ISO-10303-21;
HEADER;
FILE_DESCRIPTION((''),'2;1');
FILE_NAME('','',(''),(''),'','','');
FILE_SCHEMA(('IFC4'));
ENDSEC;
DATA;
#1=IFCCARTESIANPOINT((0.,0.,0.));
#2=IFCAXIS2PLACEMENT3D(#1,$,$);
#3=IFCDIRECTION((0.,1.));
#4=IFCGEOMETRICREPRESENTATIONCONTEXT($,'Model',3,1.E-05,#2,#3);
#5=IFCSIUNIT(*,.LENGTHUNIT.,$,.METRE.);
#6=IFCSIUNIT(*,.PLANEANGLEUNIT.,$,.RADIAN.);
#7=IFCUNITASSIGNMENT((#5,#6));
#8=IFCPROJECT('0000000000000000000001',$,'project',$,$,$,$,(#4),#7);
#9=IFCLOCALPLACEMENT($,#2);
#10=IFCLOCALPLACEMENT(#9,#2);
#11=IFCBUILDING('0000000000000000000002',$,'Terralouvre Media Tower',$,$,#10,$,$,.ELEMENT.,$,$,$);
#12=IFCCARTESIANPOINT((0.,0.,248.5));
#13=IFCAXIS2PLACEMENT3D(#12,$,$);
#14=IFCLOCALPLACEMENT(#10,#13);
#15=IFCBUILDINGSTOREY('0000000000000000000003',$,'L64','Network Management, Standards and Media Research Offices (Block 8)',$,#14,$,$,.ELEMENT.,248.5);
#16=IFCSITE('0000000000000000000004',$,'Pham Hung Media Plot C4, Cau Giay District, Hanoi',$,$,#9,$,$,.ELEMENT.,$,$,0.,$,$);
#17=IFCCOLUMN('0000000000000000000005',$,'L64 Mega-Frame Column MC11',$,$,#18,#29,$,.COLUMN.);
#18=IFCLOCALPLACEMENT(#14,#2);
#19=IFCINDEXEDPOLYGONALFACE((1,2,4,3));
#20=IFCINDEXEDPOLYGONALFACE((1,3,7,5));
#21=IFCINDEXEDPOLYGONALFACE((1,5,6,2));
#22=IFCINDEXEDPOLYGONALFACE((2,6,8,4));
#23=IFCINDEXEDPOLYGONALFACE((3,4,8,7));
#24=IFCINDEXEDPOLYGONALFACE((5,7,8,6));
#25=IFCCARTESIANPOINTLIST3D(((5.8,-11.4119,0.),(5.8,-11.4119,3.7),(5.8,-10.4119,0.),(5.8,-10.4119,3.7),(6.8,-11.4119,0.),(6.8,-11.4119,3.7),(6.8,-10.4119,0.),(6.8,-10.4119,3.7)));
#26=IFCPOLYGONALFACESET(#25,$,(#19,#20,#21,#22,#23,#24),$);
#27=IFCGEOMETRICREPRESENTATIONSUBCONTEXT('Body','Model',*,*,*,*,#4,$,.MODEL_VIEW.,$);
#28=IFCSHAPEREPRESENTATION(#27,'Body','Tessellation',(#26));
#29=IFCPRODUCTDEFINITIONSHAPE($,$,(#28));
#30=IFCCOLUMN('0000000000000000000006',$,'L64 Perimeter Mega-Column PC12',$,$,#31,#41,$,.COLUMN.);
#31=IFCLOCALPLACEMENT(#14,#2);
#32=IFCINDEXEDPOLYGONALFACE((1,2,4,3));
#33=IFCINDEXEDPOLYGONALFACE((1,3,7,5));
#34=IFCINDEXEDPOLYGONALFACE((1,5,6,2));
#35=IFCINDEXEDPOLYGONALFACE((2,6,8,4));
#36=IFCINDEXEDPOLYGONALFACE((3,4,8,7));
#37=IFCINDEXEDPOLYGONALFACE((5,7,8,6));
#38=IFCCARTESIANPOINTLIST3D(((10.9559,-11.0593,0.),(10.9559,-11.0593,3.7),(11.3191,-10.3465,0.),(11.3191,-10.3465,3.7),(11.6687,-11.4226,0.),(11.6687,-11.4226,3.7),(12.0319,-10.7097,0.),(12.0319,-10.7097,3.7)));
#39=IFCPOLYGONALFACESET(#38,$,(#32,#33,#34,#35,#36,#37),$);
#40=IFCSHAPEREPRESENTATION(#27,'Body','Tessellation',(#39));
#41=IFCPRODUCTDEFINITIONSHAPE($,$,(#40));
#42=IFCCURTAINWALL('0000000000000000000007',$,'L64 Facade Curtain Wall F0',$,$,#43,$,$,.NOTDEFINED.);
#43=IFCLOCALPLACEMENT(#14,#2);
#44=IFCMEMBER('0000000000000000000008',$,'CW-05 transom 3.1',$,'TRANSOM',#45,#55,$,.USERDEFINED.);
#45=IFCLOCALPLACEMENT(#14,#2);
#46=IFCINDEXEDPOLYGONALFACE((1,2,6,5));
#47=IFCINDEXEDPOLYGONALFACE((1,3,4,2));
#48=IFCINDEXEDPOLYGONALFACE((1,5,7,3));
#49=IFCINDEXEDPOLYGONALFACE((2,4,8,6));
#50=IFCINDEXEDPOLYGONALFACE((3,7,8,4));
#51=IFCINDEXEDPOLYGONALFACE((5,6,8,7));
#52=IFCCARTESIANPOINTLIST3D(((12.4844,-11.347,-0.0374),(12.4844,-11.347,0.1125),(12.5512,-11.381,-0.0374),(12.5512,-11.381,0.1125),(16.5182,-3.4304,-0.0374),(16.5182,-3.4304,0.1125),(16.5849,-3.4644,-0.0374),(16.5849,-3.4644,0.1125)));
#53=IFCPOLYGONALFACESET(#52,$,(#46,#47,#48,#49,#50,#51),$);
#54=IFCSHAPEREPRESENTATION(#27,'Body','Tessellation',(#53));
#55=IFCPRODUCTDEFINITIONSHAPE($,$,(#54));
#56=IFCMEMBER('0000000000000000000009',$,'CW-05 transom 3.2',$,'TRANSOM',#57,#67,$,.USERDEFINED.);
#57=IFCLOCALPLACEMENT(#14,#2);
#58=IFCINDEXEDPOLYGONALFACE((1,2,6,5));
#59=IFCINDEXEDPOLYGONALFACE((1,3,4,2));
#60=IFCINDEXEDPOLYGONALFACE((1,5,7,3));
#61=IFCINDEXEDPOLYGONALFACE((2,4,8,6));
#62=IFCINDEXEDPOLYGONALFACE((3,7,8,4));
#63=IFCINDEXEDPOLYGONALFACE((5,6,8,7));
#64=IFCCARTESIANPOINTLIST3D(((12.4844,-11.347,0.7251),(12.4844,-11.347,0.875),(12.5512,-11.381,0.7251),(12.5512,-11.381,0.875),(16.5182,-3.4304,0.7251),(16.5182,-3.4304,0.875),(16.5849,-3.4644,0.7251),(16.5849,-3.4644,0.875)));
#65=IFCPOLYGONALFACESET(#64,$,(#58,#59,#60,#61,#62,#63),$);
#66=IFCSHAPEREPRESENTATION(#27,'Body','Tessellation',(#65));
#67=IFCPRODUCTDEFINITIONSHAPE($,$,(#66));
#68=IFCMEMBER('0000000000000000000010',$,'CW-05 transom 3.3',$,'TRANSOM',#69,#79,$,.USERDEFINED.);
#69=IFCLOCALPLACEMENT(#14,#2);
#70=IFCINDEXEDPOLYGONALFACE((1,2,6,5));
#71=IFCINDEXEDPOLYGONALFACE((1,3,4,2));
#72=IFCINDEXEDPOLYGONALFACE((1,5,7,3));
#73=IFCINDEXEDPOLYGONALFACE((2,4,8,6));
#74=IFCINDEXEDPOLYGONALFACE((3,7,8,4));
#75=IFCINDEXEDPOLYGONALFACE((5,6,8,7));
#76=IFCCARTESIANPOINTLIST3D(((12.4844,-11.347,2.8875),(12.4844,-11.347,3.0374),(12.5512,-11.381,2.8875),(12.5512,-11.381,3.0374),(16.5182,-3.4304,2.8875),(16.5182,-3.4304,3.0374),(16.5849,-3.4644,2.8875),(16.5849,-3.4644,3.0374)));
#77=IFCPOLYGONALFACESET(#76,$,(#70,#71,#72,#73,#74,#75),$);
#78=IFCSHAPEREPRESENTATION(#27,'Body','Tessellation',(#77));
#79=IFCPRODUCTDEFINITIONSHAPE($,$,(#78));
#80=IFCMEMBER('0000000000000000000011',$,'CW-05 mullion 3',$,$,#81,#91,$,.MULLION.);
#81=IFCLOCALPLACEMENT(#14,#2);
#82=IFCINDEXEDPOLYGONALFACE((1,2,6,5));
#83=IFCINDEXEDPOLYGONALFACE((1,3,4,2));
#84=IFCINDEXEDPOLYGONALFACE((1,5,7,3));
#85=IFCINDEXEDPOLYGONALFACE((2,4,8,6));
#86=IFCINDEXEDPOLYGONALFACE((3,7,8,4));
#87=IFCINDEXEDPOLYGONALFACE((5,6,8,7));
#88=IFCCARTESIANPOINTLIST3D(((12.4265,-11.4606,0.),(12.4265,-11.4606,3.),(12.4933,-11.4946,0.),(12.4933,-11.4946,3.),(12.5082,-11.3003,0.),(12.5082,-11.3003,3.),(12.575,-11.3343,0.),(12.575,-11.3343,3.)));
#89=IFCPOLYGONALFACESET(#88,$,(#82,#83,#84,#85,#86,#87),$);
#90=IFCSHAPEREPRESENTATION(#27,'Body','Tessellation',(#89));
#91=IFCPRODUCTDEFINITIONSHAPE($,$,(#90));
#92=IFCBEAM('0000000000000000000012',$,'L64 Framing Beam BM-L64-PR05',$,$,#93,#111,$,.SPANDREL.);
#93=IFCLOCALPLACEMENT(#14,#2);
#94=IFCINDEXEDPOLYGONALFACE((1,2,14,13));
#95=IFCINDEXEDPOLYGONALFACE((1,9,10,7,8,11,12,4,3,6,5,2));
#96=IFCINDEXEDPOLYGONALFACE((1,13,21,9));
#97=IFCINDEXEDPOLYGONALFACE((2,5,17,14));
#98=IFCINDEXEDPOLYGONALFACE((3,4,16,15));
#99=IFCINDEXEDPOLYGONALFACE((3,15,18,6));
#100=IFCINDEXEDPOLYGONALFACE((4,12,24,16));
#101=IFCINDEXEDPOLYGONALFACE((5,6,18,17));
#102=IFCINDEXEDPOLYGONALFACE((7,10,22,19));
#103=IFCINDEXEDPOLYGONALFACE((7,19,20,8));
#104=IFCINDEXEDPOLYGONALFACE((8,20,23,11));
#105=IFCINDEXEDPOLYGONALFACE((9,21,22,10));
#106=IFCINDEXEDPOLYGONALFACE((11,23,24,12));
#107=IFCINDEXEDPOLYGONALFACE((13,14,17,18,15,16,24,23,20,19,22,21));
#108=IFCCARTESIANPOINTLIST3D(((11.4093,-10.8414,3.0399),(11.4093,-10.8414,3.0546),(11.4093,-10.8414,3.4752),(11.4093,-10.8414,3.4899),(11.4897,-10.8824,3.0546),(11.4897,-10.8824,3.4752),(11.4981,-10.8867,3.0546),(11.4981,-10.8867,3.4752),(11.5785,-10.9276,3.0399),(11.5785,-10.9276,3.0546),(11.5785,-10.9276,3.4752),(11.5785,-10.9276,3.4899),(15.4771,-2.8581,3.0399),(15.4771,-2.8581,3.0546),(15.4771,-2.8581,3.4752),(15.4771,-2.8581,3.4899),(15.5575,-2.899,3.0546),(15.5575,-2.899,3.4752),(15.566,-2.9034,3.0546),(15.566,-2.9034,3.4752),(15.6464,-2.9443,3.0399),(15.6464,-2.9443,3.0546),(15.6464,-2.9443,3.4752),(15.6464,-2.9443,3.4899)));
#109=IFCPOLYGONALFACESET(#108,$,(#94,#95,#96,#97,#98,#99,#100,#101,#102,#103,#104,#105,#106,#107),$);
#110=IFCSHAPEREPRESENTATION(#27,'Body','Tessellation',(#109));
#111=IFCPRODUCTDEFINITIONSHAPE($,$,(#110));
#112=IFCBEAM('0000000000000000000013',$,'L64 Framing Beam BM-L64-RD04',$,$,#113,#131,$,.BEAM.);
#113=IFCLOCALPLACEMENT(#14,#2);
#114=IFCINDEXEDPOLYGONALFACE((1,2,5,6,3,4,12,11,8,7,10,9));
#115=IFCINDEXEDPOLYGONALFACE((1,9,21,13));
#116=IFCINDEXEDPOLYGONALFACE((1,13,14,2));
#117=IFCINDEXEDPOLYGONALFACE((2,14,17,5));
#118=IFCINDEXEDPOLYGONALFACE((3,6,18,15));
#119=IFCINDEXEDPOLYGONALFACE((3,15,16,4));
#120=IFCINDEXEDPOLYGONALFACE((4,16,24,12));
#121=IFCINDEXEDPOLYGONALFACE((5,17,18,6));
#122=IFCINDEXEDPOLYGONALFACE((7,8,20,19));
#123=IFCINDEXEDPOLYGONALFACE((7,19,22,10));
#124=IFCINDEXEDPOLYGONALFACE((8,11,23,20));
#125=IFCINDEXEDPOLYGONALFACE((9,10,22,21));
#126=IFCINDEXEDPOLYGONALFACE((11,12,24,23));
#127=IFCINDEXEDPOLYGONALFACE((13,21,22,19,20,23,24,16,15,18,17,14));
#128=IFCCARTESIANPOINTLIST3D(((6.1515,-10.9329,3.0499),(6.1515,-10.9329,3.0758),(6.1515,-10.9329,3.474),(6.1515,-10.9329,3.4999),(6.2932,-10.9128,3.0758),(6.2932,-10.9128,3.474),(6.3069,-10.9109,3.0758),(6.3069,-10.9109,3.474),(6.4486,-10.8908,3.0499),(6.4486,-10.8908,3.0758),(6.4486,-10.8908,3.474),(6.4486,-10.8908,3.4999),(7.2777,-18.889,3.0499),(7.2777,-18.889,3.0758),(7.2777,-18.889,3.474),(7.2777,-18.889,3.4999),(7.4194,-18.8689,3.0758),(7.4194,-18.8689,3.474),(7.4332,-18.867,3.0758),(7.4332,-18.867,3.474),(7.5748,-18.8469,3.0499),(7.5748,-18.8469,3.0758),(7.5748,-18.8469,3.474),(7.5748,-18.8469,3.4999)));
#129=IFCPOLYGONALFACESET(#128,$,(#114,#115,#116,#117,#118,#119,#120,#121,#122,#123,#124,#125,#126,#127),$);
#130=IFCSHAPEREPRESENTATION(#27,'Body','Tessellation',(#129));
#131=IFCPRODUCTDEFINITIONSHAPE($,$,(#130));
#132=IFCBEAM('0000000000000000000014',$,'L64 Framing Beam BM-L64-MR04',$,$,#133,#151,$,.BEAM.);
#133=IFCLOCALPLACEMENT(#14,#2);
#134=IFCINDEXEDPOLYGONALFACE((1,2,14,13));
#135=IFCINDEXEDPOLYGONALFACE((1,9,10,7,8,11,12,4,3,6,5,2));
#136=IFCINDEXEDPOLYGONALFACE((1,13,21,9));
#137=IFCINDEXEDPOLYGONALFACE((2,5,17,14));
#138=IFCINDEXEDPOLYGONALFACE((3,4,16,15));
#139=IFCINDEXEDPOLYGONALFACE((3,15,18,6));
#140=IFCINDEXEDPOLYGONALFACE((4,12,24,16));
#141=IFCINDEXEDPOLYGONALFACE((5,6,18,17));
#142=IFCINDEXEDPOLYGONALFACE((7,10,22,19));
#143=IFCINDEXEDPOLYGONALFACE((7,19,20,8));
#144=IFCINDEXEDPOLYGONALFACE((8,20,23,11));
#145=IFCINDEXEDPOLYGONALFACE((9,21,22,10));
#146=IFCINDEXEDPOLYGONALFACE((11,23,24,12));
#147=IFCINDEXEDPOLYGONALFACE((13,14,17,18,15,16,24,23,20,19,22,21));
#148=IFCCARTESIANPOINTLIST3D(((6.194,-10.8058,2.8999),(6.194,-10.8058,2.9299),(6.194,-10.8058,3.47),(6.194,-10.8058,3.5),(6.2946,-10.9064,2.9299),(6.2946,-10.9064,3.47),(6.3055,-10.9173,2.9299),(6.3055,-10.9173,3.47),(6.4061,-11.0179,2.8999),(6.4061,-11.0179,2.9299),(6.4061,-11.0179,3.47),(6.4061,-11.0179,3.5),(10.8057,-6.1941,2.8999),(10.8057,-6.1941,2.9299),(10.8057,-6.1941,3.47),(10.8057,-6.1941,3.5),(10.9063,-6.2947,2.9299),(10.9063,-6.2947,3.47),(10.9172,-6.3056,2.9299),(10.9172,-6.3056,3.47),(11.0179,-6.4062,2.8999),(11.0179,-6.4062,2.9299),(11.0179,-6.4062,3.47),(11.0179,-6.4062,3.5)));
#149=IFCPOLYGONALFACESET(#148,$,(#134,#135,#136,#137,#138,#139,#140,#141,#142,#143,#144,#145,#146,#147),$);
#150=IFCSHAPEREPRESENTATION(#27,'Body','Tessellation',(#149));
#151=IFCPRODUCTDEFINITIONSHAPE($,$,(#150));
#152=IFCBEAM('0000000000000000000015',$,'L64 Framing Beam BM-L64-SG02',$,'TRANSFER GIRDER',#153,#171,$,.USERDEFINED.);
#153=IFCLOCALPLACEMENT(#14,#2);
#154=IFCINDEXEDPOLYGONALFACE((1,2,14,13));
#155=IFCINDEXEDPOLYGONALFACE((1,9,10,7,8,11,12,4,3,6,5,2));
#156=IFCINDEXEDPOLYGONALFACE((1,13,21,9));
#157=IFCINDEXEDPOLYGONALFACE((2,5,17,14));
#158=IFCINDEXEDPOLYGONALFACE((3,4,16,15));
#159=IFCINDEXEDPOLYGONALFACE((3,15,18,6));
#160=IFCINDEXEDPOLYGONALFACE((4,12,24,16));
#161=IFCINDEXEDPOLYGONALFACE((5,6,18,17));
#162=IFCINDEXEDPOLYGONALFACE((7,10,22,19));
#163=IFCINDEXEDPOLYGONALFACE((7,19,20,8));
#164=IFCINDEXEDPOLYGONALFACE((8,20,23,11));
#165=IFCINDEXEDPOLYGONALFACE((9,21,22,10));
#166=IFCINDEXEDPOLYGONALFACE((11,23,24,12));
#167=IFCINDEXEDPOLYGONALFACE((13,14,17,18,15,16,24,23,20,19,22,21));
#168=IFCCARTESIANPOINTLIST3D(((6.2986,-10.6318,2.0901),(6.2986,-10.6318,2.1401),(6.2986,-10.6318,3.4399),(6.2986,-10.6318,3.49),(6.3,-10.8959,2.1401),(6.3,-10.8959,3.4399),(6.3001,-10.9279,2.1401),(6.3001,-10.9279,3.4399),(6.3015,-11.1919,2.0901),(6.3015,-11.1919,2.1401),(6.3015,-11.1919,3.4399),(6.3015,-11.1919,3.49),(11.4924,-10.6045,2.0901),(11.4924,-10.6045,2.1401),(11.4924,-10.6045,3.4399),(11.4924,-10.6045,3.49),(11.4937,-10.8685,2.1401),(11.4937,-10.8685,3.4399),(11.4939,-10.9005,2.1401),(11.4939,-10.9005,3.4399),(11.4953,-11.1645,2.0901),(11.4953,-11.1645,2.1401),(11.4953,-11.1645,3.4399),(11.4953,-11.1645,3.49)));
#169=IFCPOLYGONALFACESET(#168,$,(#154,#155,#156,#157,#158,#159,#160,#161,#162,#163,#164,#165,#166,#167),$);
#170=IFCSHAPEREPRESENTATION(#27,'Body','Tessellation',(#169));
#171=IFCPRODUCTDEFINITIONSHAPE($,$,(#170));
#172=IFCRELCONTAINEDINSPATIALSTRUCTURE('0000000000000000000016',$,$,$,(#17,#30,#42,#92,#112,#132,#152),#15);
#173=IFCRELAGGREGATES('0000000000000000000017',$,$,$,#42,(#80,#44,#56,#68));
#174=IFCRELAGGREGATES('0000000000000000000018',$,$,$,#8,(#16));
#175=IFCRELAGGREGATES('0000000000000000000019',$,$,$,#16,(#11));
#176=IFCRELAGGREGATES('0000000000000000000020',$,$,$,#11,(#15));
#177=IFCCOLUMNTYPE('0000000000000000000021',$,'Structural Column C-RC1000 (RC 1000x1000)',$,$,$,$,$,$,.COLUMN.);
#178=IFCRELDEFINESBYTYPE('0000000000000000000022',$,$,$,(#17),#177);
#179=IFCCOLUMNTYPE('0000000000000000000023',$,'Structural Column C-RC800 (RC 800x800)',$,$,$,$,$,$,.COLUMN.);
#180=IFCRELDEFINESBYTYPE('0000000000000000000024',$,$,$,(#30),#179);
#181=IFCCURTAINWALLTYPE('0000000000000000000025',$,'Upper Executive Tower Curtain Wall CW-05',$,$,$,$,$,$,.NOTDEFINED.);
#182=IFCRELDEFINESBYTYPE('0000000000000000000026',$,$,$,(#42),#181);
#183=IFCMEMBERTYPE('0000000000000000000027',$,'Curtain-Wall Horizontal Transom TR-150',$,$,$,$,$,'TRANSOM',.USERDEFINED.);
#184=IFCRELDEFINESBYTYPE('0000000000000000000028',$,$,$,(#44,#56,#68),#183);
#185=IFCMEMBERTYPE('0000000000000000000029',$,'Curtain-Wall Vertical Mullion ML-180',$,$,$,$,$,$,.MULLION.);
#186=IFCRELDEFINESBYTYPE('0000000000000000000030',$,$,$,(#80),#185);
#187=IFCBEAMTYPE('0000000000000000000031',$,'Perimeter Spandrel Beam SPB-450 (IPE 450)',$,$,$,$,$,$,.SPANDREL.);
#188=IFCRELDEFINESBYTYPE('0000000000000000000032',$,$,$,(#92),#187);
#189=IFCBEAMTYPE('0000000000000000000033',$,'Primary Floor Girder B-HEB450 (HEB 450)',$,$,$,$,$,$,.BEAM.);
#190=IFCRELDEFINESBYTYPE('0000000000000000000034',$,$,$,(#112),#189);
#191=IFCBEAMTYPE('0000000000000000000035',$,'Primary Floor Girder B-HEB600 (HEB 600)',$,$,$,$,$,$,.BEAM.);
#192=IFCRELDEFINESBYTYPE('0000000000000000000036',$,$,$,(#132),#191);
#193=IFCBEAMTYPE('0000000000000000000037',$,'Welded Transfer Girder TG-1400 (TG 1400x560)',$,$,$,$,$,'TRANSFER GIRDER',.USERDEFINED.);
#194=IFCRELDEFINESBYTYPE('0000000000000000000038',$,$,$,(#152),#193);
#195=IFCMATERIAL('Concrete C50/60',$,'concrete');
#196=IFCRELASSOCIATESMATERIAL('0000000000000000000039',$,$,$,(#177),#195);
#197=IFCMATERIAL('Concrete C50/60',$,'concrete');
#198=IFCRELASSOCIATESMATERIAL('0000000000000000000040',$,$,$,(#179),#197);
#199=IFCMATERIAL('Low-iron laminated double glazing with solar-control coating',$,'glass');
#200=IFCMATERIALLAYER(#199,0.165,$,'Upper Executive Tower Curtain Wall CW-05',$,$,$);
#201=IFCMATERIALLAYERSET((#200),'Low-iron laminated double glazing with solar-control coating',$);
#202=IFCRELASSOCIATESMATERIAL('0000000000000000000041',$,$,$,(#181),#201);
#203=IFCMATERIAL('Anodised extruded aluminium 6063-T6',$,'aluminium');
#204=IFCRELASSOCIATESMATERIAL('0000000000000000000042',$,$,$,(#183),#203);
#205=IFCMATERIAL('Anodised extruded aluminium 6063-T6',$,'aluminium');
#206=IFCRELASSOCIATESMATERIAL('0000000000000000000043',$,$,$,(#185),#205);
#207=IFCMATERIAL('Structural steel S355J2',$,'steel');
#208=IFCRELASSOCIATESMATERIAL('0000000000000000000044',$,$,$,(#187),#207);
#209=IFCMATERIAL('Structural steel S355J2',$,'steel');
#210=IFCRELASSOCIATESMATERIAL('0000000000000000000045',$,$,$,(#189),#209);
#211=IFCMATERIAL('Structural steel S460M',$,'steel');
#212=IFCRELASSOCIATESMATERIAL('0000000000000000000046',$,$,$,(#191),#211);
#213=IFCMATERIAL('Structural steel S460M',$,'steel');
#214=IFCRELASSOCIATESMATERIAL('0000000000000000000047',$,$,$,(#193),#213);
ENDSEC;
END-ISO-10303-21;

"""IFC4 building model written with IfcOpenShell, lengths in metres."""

from ifc_helpers import new_model, si_unit, direction, frame, origin, origin_2d, place, context, subcontext, project, spatial, rectangle, i_section, extrude, material, layer, layer_set, material_profile, profile_set, type_object, element, aggregate, save


model = new_model("IFC4")

# Units and contexts
model_context = context("Model", 3, precision=1e-05, world=origin(), true_north=direction((0.0, 1.0)))
body_context = subcontext(model_context, "Body", "Model", "MODEL_VIEW")
ifc_project = project(units=[si_unit("LENGTHUNIT", "METRE"), si_unit("PLANEANGLEUNIT", "RADIAN")], contexts=[model_context])

# Site, building, storey
site_placement = place(None, origin())
site = spatial("IfcSite", under=ifc_project, at=site_placement, Name="Pham Hung Media Plot C4, Cau Giay District, Hanoi", CompositionType="ELEMENT", RefElevation=0.0)
building_placement = place(site_placement, origin())
building = spatial("IfcBuilding", under=site, at=building_placement, Name="Terralouvre Media Tower", CompositionType="ELEMENT")
storey_placement = place(building_placement, frame((0.0, 0.0, 248.5)))
storey = spatial("IfcBuildingStorey", under=building, at=storey_placement, Name="L64", Description="Network Management, Standards and Media Research Offices (Block 8)", CompositionType="ELEMENT", Elevation=248.5)

# Columns
ifc_material_1 = material(Name="Concrete C50/60", Category="concrete")
ifc_material_profile_1 = material_profile(ifc_material_1, rectangle(XDim=1.0, YDim=1.0, at=origin_2d()), Name="RC 1000x1000")
ifc_profile_set_1 = profile_set([ifc_material_profile_1], Name="Concrete C50/60")
column_type_1 = type_object("IfcColumnType", Name="Structural Column C-RC1000 (RC 1000x1000)", PredefinedType="COLUMN", material=ifc_profile_set_1)
column_1_placement = place(storey_placement, frame((6.3, -10.9119, 0.0), z_axis=(0.0, 0.0, 1.0), x_axis=(1.0, 0.0, 0.0)))
element("IfcColumn", 1, at=column_1_placement, inside=storey, type_object=column_type_1, Name="L64 Mega-Frame Column MC11", PredefinedType="COLUMN", context=body_context, shape_type="SweptSolid", body=[
    extrude(rectangle(XDim=1.0, YDim=1.0, at=origin_2d()), origin(), (0.0, 0.0, 1.0), 3.7),
])
ifc_material_2 = material(Name="Concrete C50/60", Category="concrete")
ifc_material_profile_2 = material_profile(ifc_material_2, rectangle(XDim=0.8, YDim=0.8, at=origin_2d()), Name="RC 800x800")
ifc_profile_set_2 = profile_set([ifc_material_profile_2], Name="Concrete C50/60")
column_type_2 = type_object("IfcColumnType", Name="Structural Column C-RC800 (RC 800x800)", PredefinedType="COLUMN", material=ifc_profile_set_2)
column_2_placement = place(storey_placement, frame((11.4939, -10.8845, 0.0), z_axis=(0.0, 0.0, 1.0), x_axis=(0.45399, 0.891007, 0.0)))
element("IfcColumn", 2, at=column_2_placement, inside=storey, type_object=column_type_2, Name="L64 Perimeter Mega-Column PC12", PredefinedType="COLUMN", context=body_context, shape_type="SweptSolid", body=[
    extrude(rectangle(XDim=0.8, YDim=0.8, at=origin_2d()), origin(), (0.0, 0.0, 1.0), 3.7),
])

# Curtain wall, members
ifc_material_3 = material(Name="Low-iron laminated double glazing with solar-control coating", Category="glass")
ifc_layer_1 = layer(ifc_material_3, 0.165, Name="Upper Executive Tower Curtain Wall CW-05")
ifc_layer_set_1 = layer_set([ifc_layer_1], Name="Low-iron laminated double glazing with solar-control coating")
curtain_wall_type = type_object("IfcCurtainWallType", Name="Upper Executive Tower Curtain Wall CW-05", PredefinedType="NOTDEFINED", material=ifc_layer_set_1)
curtain_wall_placement = place(storey_placement, origin())
curtain_wall = element("IfcCurtainWall", 3, at=curtain_wall_placement, inside=storey, type_object=curtain_wall_type, Name="L64 Facade Curtain Wall F0", PredefinedType="NOTDEFINED")
ifc_material_4 = material(Name="Anodised extruded aluminium 6063-T6", Category="aluminium")
ifc_material_profile_3 = material_profile(ifc_material_4, rectangle(XDim=0.075, YDim=0.1499, at=origin_2d()), Name="ALU 75x150")
ifc_profile_set_3 = profile_set([ifc_material_profile_3], Name="Anodised extruded aluminium 6063-T6")
member_type_1 = type_object("IfcMemberType", Name="Curtain-Wall Horizontal Transom TR-150", ElementType="TRANSOM", PredefinedType="USERDEFINED", material=ifc_profile_set_3)
member_1_placement = place(storey_placement, frame((12.5178, -11.364, 0.0376), z_axis=(0.453993, 0.891005, 0.0), x_axis=(-0.891005, 0.453993, 0.0)))
member_1 = element("IfcMember", 4, at=member_1_placement, type_object=member_type_1, Name="CW-05 transom 3.1", ObjectType="TRANSOM", PredefinedType="USERDEFINED", context=body_context, shape_type="SweptSolid", body=[
    extrude(rectangle(XDim=0.075, YDim=0.1499, at=origin_2d()), origin(), (0.0, 0.0, 1.0), 8.885),
])
member_2_placement = place(storey_placement, frame((12.5178, -11.364, 0.8), z_axis=(0.453993, 0.891005, 0.0), x_axis=(-0.891005, 0.453993, 0.0)))
member_2 = element("IfcMember", 5, at=member_2_placement, type_object=member_type_1, Name="CW-05 transom 3.2", ObjectType="TRANSOM", PredefinedType="USERDEFINED", context=body_context, shape_type="SweptSolid", body=[
    extrude(rectangle(XDim=0.075, YDim=0.1499, at=origin_2d()), origin(), (0.0, 0.0, 1.0), 8.885),
])
member_3_placement = place(storey_placement, frame((12.5178, -11.364, 2.9624), z_axis=(0.453993, 0.891005, 0.0), x_axis=(-0.891005, 0.453993, 0.0)))
member_3 = element("IfcMember", 6, at=member_3_placement, type_object=member_type_1, Name="CW-05 transom 3.3", ObjectType="TRANSOM", PredefinedType="USERDEFINED", context=body_context, shape_type="SweptSolid", body=[
    extrude(rectangle(XDim=0.075, YDim=0.1499, at=origin_2d()), origin(), (0.0, 0.0, 1.0), 8.885),
])
ifc_material_5 = material(Name="Anodised extruded aluminium 6063-T6", Category="aluminium")
ifc_material_profile_4 = material_profile(ifc_material_5, rectangle(XDim=0.075, YDim=0.1799, at=origin_2d()), Name="ALU 75x180")
ifc_profile_set_4 = profile_set([ifc_material_profile_4], Name="Anodised extruded aluminium 6063-T6")
member_type_2 = type_object("IfcMemberType", Name="Curtain-Wall Vertical Mullion ML-180", PredefinedType="MULLION", material=ifc_profile_set_4)
member_4_placement = place(storey_placement, frame((12.5007, -11.3975, 0.0), z_axis=(0.0, 0.0, 1.0), x_axis=(-0.891007, 0.45399, 0.0)))
member_4 = element("IfcMember", 7, at=member_4_placement, type_object=member_type_2, Name="CW-05 mullion 3", PredefinedType="MULLION", context=body_context, shape_type="SweptSolid", body=[
    extrude(rectangle(XDim=0.075, YDim=0.1799, at=origin_2d()), origin(), (0.0, 0.0, 1.0), 3.0),
])

# Beams
ifc_material_6 = material(Name="Structural steel S355J2", Category="steel")
ifc_material_profile_5 = material_profile(ifc_material_6, i_section(OverallWidth=0.1899, OverallDepth=0.45, WebThickness=0.0095, FlangeThickness=0.0146, at=origin_2d()), Name="IPE 450")
ifc_profile_set_5 = profile_set([ifc_material_profile_5], Name="Structural steel S355J2")
beam_type_1 = type_object("IfcBeamType", Name="Perimeter Spandrel Beam SPB-450 (IPE 450)", PredefinedType="SPANDREL", material=ifc_profile_set_5)
beam_1_placement = place(storey_placement, frame((11.4939, -10.8845, 3.2649), z_axis=(0.454002, 0.891001, 0.0), x_axis=(-0.891001, 0.454002, 0.0)))
element("IfcBeam", 8, at=beam_1_placement, inside=storey, type_object=beam_type_1, Name="L64 Framing Beam BM-L64-PR05", PredefinedType="SPANDREL", context=body_context, shape_type="SweptSolid", body=[
    extrude(i_section(OverallWidth=0.1899, OverallDepth=0.45, WebThickness=0.0095, FlangeThickness=0.0146, at=origin_2d()), origin(), (0.0, 0.0, 1.0), 8.96),
])
ifc_material_7 = material(Name="Structural steel S355J2", Category="steel")
ifc_material_profile_6 = material_profile(ifc_material_7, i_section(OverallWidth=0.3, OverallDepth=0.45, WebThickness=0.0139, FlangeThickness=0.0259, at=origin_2d()), Name="HEB 450")
ifc_profile_set_6 = profile_set([ifc_material_profile_6], Name="Structural steel S355J2")
beam_type_2 = type_object("IfcBeamType", Name="Primary Floor Girder B-HEB450 (HEB 450)", PredefinedType="BEAM", material=ifc_profile_set_6)
beam_2_placement = place(storey_placement, frame((6.3, -10.9119, 3.2749), z_axis=(0.140158, -0.990129, 0.0), x_axis=(0.990129, 0.140158, 0.0)))
element("IfcBeam", 9, at=beam_2_placement, inside=storey, type_object=beam_type_2, Name="L64 Framing Beam BM-L64-RD04", PredefinedType="BEAM", context=body_context, shape_type="SweptSolid", body=[
    extrude(i_section(OverallWidth=0.3, OverallDepth=0.45, WebThickness=0.0139, FlangeThickness=0.0259, at=origin_2d()), origin(), (0.0, 0.0, 1.0), 8.0354),
])
ifc_material_8 = material(Name="Structural steel S460M", Category="steel")
ifc_material_profile_7 = material_profile(ifc_material_8, i_section(OverallWidth=0.3, OverallDepth=0.6001, WebThickness=0.0154, FlangeThickness=0.03, at=origin_2d()), Name="HEB 600")
ifc_profile_set_7 = profile_set([ifc_material_profile_7], Name="Structural steel S460M")
beam_type_3 = type_object("IfcBeamType", Name="Primary Floor Girder B-HEB600 (HEB 600)", PredefinedType="BEAM", material=ifc_profile_set_7)
beam_3_placement = place(storey_placement, frame((6.3, -10.9119, 3.2), z_axis=(0.707107, 0.707107, 0.0), x_axis=(-0.707107, 0.707107, 0.0)))
element("IfcBeam", 10, at=beam_3_placement, inside=storey, type_object=beam_type_3, Name="L64 Framing Beam BM-L64-MR04", PredefinedType="BEAM", context=body_context, shape_type="SweptSolid", body=[
    extrude(i_section(OverallWidth=0.3, OverallDepth=0.6001, WebThickness=0.0154, FlangeThickness=0.03, at=origin_2d()), origin(), (0.0, 0.0, 1.0), 6.522),
])
ifc_material_9 = material(Name="Structural steel S460M", Category="steel")
ifc_material_profile_8 = material_profile(ifc_material_9, i_section(OverallWidth=0.5601, OverallDepth=1.3999, WebThickness=0.032, FlangeThickness=0.05, at=origin_2d()), Name="TG 1400x560")
ifc_profile_set_8 = profile_set([ifc_material_profile_8], Name="Structural steel S460M")
beam_type_4 = type_object("IfcBeamType", Name="Welded Transfer Girder TG-1400 (TG 1400x560)", ElementType="TRANSFER GIRDER", PredefinedType="USERDEFINED", material=ifc_profile_set_8)
beam_4_placement = place(storey_placement, frame((6.3, -10.9119, 2.79), z_axis=(0.999986, 0.005265, 0.0), x_axis=(-0.005265, 0.999986, 0.0)))
element("IfcBeam", 11, at=beam_4_placement, inside=storey, type_object=beam_type_4, Name="L64 Framing Beam BM-L64-SG02", ObjectType="TRANSFER GIRDER", PredefinedType="USERDEFINED", context=body_context, shape_type="SweptSolid", body=[
    extrude(i_section(OverallWidth=0.5601, OverallDepth=1.3999, WebThickness=0.032, FlangeThickness=0.05, at=origin_2d()), origin(), (0.0, 0.0, 1.0), 5.1938),
])

aggregate(curtain_wall, [member_4, member_1, member_2, member_3])

save(model, "model.ifc")
